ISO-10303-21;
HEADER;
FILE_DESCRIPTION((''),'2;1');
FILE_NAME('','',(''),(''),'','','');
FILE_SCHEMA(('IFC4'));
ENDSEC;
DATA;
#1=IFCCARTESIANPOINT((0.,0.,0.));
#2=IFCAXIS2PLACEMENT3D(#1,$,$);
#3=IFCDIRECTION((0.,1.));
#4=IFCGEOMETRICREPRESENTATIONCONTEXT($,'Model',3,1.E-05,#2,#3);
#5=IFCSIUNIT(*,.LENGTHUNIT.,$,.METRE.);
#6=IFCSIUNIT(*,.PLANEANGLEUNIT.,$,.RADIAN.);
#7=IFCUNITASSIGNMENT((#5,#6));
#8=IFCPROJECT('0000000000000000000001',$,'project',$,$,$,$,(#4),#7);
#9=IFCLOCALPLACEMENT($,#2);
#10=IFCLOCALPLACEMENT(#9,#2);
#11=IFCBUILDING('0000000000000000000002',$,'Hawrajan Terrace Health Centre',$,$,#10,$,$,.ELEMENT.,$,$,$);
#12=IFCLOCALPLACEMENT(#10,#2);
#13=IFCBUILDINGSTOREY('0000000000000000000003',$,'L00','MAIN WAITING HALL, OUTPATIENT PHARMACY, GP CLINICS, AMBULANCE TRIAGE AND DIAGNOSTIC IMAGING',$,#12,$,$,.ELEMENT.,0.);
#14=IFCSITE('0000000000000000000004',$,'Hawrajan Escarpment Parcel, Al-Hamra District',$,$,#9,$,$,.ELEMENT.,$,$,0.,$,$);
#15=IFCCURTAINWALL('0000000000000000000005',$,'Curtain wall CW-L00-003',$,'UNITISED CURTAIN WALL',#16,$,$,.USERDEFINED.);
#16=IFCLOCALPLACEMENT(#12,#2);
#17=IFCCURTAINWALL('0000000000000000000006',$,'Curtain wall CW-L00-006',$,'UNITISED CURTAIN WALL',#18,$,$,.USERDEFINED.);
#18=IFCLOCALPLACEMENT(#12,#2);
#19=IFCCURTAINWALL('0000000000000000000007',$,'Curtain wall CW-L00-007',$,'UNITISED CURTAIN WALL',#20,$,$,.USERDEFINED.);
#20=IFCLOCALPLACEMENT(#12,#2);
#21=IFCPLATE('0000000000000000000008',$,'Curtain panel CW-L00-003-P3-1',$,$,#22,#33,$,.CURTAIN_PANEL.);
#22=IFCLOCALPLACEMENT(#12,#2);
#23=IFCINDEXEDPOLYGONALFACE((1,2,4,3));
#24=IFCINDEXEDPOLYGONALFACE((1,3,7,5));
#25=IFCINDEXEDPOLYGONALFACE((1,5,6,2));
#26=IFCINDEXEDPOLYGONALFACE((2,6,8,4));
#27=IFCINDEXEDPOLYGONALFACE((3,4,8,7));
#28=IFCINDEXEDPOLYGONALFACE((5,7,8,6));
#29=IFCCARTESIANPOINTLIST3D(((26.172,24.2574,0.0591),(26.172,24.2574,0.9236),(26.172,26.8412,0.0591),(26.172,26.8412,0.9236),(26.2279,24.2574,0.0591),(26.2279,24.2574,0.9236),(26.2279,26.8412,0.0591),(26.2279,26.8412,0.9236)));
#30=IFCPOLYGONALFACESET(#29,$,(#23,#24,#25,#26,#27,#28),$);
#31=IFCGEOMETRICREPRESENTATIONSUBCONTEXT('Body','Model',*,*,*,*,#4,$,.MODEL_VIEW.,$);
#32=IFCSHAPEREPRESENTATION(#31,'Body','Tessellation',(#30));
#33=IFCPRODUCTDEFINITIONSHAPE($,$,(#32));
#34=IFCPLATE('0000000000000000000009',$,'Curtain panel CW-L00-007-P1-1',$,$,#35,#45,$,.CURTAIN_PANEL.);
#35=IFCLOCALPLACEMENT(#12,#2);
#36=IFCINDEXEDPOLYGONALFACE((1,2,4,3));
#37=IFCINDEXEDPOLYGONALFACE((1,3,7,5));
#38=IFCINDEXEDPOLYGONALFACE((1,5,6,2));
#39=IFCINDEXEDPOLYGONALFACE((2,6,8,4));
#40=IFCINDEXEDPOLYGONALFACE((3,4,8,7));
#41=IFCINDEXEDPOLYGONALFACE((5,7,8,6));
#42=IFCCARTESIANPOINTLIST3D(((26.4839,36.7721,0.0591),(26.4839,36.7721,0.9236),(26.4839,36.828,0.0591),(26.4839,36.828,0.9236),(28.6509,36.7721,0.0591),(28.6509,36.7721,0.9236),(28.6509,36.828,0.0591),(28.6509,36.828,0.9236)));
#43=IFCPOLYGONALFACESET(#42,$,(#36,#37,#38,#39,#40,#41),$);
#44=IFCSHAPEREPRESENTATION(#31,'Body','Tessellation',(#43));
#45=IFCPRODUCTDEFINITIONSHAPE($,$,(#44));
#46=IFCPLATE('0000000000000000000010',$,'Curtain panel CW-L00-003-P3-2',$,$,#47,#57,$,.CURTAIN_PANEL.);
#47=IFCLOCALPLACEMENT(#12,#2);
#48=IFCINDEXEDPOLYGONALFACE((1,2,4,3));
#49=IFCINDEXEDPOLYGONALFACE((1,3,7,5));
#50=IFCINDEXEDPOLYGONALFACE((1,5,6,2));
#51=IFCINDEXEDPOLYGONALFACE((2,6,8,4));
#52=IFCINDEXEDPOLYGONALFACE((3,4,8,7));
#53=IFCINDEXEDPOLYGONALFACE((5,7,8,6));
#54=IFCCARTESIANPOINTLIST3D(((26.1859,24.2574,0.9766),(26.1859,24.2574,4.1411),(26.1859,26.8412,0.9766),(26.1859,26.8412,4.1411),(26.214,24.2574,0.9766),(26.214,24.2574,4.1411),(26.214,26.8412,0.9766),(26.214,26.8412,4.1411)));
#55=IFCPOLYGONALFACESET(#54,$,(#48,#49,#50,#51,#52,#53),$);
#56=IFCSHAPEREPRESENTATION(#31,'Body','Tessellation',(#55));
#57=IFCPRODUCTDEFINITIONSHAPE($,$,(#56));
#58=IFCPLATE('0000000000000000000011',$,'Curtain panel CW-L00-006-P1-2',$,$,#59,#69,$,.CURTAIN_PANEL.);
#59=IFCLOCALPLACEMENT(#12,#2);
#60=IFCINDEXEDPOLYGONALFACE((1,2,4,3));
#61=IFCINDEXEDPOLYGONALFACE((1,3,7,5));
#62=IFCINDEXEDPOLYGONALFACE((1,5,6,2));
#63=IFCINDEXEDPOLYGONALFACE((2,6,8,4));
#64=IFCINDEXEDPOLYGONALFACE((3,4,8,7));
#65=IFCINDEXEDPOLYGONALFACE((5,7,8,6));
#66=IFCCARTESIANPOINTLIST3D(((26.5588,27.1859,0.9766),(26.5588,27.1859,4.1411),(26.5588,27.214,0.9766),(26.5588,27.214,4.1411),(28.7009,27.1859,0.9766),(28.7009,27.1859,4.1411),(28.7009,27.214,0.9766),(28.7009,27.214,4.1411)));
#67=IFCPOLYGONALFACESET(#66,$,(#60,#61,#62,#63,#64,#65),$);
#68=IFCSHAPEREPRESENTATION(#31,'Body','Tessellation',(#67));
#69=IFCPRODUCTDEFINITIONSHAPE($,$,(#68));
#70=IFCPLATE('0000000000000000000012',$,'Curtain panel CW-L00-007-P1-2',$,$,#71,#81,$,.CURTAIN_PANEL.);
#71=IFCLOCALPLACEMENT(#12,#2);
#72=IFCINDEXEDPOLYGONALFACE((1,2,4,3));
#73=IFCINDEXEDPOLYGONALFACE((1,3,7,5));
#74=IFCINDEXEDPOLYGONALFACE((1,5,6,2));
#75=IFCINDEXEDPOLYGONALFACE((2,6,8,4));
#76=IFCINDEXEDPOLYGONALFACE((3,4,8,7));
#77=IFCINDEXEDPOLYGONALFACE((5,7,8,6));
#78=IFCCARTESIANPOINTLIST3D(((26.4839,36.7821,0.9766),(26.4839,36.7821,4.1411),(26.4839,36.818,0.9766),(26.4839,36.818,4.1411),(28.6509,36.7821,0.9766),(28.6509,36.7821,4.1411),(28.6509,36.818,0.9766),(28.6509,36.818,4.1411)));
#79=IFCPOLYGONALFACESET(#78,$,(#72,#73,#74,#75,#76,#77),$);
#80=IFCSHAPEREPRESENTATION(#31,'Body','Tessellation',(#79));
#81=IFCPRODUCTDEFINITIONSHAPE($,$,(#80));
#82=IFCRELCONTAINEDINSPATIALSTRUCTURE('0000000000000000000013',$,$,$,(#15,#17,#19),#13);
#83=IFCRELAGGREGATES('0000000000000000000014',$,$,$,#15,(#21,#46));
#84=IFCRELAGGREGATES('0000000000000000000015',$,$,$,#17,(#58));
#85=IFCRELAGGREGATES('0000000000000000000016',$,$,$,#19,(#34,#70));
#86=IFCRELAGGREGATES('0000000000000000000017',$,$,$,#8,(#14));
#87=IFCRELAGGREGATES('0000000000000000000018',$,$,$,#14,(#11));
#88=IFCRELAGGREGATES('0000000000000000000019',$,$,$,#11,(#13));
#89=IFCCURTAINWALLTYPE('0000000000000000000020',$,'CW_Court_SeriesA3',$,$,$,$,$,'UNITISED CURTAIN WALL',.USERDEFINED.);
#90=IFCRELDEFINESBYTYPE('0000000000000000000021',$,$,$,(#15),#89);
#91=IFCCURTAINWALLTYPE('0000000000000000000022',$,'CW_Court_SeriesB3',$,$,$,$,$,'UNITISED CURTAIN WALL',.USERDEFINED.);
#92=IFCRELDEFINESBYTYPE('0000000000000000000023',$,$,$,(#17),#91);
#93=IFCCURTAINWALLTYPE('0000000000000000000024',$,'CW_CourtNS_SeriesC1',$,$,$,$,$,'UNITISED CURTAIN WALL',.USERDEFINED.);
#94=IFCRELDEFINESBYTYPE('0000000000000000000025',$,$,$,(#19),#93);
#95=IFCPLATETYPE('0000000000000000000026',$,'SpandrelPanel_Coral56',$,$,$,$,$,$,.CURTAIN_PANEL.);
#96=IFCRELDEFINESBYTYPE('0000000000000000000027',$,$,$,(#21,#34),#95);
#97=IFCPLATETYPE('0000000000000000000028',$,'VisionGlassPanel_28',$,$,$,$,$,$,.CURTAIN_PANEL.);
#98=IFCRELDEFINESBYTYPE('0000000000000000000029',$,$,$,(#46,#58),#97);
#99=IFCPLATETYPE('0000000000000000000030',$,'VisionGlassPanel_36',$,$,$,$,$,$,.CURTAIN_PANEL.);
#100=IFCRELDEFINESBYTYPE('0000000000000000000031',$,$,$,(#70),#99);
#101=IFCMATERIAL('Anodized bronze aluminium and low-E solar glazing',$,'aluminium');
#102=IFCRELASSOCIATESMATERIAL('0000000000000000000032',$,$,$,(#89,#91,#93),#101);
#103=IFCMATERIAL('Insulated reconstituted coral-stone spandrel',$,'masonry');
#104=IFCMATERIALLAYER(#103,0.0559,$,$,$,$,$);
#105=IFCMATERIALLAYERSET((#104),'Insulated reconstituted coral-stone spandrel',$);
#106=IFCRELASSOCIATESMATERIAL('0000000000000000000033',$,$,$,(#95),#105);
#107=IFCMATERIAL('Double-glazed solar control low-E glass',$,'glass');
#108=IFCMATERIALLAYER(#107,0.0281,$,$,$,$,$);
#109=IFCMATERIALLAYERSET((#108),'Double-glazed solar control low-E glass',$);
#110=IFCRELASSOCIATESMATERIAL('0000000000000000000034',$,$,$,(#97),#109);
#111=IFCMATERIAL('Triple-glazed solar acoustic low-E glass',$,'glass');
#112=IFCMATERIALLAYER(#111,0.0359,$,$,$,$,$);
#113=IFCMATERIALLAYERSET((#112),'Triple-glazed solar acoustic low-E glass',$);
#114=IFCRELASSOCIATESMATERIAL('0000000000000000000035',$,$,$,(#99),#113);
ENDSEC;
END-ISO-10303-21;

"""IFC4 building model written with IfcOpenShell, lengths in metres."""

from ifc_helpers import new_model, si_unit, direction, frame, origin, origin_2d, place, context, subcontext, project, spatial, rectangle, extrude, material, layer, layer_set, type_object, element, aggregate, save


model = new_model("IFC4")

# Units and contexts
model_context = context("Model", 3, precision=1e-05, world=origin(), true_north=direction((0.0, 1.0)))
body_context = subcontext(model_context, "Body", "Model", "MODEL_VIEW")
ifc_project = project(units=[si_unit("LENGTHUNIT", "METRE"), si_unit("PLANEANGLEUNIT", "RADIAN")], contexts=[model_context])

# Site, building, storey
site_placement = place(None, origin())
site = spatial("IfcSite", under=ifc_project, at=site_placement, Name="Hawrajan Escarpment Parcel, Al-Hamra District", CompositionType="ELEMENT", RefElevation=0.0)
building_placement = place(site_placement, origin())
building = spatial("IfcBuilding", under=site, at=building_placement, Name="Hawrajan Terrace Health Centre", CompositionType="ELEMENT")
storey_placement = place(building_placement, origin())
storey = spatial("IfcBuildingStorey", under=building, at=storey_placement, Name="L00", Description="MAIN WAITING HALL, OUTPATIENT PHARMACY, GP CLINICS, AMBULANCE TRIAGE AND DIAGNOSTIC IMAGING", CompositionType="ELEMENT", Elevation=0.0)

# Curtain walls
ifc_material_1 = material(Name="Anodized bronze aluminium and low-E solar glazing", Category="aluminium")
curtain_wall_type_1 = type_object("IfcCurtainWallType", Name="CW_Court_SeriesA3", ElementType="UNITISED CURTAIN WALL", PredefinedType="USERDEFINED", material=ifc_material_1)
curtain_wall_1_placement = place(storey_placement, origin())
curtain_wall_1 = element("IfcCurtainWall", 1, at=curtain_wall_1_placement, inside=storey, type_object=curtain_wall_type_1, Name="Curtain wall CW-L00-003", ObjectType="UNITISED CURTAIN WALL", PredefinedType="USERDEFINED")
curtain_wall_type_2 = type_object("IfcCurtainWallType", Name="CW_Court_SeriesB3", ElementType="UNITISED CURTAIN WALL", PredefinedType="USERDEFINED", material=ifc_material_1)
curtain_wall_2_placement = place(storey_placement, origin())
curtain_wall_2 = element("IfcCurtainWall", 2, at=curtain_wall_2_placement, inside=storey, type_object=curtain_wall_type_2, Name="Curtain wall CW-L00-006", ObjectType="UNITISED CURTAIN WALL", PredefinedType="USERDEFINED")

# Curtain wall
curtain_wall_type_3 = type_object("IfcCurtainWallType", Name="CW_CourtNS_SeriesC1", ElementType="UNITISED CURTAIN WALL", PredefinedType="USERDEFINED", material=ifc_material_1)
curtain_wall_3_placement = place(storey_placement, origin())
curtain_wall_3 = element("IfcCurtainWall", 3, at=curtain_wall_3_placement, inside=storey, type_object=curtain_wall_type_3, Name="Curtain wall CW-L00-007", ObjectType="UNITISED CURTAIN WALL", PredefinedType="USERDEFINED")

# Plates
ifc_material_2 = material(Name="Insulated reconstituted coral-stone spandrel", Category="masonry")
ifc_layer_1 = layer(ifc_material_2, 0.0559)
ifc_layer_set_1 = layer_set([ifc_layer_1], Name="Insulated reconstituted coral-stone spandrel")
plate_type_1 = type_object("IfcPlateType", Name="SpandrelPanel_Coral56", PredefinedType="CURTAIN_PANEL", material=ifc_layer_set_1)
plate_1_placement = place(storey_placement, frame((26.2, 25.5493, 0.0591), z_axis=(0.0, 0.0, 1.0), x_axis=(0.0, 1.0, 0.0)))
plate_1 = element("IfcPlate", 4, at=plate_1_placement, type_object=plate_type_1, Name="Curtain panel CW-L00-003-P3-1", PredefinedType="CURTAIN_PANEL", context=body_context, shape_type="SweptSolid", body=[
    extrude(rectangle(XDim=2.5837, YDim=0.0559, at=origin_2d()), origin(), (0.0, 0.0, 1.0), 0.8645),
])
plate_2_placement = place(storey_placement, frame((27.5674, 36.8, 0.0591), z_axis=(0.0, 0.0, 1.0), x_axis=(1.0, 0.0, 0.0)))
plate_2 = element("IfcPlate", 5, at=plate_2_placement, type_object=plate_type_1, Name="Curtain panel CW-L00-007-P1-1", PredefinedType="CURTAIN_PANEL", context=body_context, shape_type="SweptSolid", body=[
    extrude(rectangle(XDim=2.167, YDim=0.0559, at=origin_2d()), origin(), (0.0, 0.0, 1.0), 0.8645),
])
ifc_material_3 = material(Name="Double-glazed solar control low-E glass", Category="glass")
ifc_layer_2 = layer(ifc_material_3, 0.0281)
ifc_layer_set_2 = layer_set([ifc_layer_2], Name="Double-glazed solar control low-E glass")
plate_type_2 = type_object("IfcPlateType", Name="VisionGlassPanel_28", PredefinedType="CURTAIN_PANEL", material=ifc_layer_set_2)
plate_3_placement = place(storey_placement, frame((26.2, 25.5493, 0.9766), z_axis=(0.0, 0.0, 1.0), x_axis=(0.0, 1.0, 0.0)))
plate_3 = element("IfcPlate", 6, at=plate_3_placement, type_object=plate_type_2, Name="Curtain panel CW-L00-003-P3-2", PredefinedType="CURTAIN_PANEL", context=body_context, shape_type="SweptSolid", body=[
    extrude(rectangle(XDim=2.5837, YDim=0.0281, at=origin_2d()), origin(), (0.0, 0.0, 1.0), 3.1646),
])
aggregate(curtain_wall_1, [plate_1, plate_3])
plate_4_placement = place(storey_placement, frame((27.6299, 27.2, 0.9766), z_axis=(0.0, 0.0, 1.0), x_axis=(1.0, 0.0, 0.0)))
plate_4 = element("IfcPlate", 7, at=plate_4_placement, type_object=plate_type_2, Name="Curtain panel CW-L00-006-P1-2", PredefinedType="CURTAIN_PANEL", context=body_context, shape_type="SweptSolid", body=[
    extrude(rectangle(XDim=2.1421, YDim=0.0281, at=origin_2d()), origin(), (0.0, 0.0, 1.0), 3.1646),
])
aggregate(curtain_wall_2, [plate_4])
ifc_material_4 = material(Name="Triple-glazed solar acoustic low-E glass", Category="glass")
ifc_layer_3 = layer(ifc_material_4, 0.0359)
ifc_layer_set_3 = layer_set([ifc_layer_3], Name="Triple-glazed solar acoustic low-E glass")
plate_type_3 = type_object("IfcPlateType", Name="VisionGlassPanel_36", PredefinedType="CURTAIN_PANEL", material=ifc_layer_set_3)
plate_5_placement = place(storey_placement, frame((27.5674, 36.8, 0.9766), z_axis=(0.0, 0.0, 1.0), x_axis=(1.0, 0.0, 0.0)))
plate_5 = element("IfcPlate", 8, at=plate_5_placement, type_object=plate_type_3, Name="Curtain panel CW-L00-007-P1-2", PredefinedType="CURTAIN_PANEL", context=body_context, shape_type="SweptSolid", body=[
    extrude(rectangle(XDim=2.167, YDim=0.0359, at=origin_2d()), origin(), (0.0, 0.0, 1.0), 3.1646),
])
aggregate(curtain_wall_3, [plate_2, plate_5])

save(model, "model.ifc")
